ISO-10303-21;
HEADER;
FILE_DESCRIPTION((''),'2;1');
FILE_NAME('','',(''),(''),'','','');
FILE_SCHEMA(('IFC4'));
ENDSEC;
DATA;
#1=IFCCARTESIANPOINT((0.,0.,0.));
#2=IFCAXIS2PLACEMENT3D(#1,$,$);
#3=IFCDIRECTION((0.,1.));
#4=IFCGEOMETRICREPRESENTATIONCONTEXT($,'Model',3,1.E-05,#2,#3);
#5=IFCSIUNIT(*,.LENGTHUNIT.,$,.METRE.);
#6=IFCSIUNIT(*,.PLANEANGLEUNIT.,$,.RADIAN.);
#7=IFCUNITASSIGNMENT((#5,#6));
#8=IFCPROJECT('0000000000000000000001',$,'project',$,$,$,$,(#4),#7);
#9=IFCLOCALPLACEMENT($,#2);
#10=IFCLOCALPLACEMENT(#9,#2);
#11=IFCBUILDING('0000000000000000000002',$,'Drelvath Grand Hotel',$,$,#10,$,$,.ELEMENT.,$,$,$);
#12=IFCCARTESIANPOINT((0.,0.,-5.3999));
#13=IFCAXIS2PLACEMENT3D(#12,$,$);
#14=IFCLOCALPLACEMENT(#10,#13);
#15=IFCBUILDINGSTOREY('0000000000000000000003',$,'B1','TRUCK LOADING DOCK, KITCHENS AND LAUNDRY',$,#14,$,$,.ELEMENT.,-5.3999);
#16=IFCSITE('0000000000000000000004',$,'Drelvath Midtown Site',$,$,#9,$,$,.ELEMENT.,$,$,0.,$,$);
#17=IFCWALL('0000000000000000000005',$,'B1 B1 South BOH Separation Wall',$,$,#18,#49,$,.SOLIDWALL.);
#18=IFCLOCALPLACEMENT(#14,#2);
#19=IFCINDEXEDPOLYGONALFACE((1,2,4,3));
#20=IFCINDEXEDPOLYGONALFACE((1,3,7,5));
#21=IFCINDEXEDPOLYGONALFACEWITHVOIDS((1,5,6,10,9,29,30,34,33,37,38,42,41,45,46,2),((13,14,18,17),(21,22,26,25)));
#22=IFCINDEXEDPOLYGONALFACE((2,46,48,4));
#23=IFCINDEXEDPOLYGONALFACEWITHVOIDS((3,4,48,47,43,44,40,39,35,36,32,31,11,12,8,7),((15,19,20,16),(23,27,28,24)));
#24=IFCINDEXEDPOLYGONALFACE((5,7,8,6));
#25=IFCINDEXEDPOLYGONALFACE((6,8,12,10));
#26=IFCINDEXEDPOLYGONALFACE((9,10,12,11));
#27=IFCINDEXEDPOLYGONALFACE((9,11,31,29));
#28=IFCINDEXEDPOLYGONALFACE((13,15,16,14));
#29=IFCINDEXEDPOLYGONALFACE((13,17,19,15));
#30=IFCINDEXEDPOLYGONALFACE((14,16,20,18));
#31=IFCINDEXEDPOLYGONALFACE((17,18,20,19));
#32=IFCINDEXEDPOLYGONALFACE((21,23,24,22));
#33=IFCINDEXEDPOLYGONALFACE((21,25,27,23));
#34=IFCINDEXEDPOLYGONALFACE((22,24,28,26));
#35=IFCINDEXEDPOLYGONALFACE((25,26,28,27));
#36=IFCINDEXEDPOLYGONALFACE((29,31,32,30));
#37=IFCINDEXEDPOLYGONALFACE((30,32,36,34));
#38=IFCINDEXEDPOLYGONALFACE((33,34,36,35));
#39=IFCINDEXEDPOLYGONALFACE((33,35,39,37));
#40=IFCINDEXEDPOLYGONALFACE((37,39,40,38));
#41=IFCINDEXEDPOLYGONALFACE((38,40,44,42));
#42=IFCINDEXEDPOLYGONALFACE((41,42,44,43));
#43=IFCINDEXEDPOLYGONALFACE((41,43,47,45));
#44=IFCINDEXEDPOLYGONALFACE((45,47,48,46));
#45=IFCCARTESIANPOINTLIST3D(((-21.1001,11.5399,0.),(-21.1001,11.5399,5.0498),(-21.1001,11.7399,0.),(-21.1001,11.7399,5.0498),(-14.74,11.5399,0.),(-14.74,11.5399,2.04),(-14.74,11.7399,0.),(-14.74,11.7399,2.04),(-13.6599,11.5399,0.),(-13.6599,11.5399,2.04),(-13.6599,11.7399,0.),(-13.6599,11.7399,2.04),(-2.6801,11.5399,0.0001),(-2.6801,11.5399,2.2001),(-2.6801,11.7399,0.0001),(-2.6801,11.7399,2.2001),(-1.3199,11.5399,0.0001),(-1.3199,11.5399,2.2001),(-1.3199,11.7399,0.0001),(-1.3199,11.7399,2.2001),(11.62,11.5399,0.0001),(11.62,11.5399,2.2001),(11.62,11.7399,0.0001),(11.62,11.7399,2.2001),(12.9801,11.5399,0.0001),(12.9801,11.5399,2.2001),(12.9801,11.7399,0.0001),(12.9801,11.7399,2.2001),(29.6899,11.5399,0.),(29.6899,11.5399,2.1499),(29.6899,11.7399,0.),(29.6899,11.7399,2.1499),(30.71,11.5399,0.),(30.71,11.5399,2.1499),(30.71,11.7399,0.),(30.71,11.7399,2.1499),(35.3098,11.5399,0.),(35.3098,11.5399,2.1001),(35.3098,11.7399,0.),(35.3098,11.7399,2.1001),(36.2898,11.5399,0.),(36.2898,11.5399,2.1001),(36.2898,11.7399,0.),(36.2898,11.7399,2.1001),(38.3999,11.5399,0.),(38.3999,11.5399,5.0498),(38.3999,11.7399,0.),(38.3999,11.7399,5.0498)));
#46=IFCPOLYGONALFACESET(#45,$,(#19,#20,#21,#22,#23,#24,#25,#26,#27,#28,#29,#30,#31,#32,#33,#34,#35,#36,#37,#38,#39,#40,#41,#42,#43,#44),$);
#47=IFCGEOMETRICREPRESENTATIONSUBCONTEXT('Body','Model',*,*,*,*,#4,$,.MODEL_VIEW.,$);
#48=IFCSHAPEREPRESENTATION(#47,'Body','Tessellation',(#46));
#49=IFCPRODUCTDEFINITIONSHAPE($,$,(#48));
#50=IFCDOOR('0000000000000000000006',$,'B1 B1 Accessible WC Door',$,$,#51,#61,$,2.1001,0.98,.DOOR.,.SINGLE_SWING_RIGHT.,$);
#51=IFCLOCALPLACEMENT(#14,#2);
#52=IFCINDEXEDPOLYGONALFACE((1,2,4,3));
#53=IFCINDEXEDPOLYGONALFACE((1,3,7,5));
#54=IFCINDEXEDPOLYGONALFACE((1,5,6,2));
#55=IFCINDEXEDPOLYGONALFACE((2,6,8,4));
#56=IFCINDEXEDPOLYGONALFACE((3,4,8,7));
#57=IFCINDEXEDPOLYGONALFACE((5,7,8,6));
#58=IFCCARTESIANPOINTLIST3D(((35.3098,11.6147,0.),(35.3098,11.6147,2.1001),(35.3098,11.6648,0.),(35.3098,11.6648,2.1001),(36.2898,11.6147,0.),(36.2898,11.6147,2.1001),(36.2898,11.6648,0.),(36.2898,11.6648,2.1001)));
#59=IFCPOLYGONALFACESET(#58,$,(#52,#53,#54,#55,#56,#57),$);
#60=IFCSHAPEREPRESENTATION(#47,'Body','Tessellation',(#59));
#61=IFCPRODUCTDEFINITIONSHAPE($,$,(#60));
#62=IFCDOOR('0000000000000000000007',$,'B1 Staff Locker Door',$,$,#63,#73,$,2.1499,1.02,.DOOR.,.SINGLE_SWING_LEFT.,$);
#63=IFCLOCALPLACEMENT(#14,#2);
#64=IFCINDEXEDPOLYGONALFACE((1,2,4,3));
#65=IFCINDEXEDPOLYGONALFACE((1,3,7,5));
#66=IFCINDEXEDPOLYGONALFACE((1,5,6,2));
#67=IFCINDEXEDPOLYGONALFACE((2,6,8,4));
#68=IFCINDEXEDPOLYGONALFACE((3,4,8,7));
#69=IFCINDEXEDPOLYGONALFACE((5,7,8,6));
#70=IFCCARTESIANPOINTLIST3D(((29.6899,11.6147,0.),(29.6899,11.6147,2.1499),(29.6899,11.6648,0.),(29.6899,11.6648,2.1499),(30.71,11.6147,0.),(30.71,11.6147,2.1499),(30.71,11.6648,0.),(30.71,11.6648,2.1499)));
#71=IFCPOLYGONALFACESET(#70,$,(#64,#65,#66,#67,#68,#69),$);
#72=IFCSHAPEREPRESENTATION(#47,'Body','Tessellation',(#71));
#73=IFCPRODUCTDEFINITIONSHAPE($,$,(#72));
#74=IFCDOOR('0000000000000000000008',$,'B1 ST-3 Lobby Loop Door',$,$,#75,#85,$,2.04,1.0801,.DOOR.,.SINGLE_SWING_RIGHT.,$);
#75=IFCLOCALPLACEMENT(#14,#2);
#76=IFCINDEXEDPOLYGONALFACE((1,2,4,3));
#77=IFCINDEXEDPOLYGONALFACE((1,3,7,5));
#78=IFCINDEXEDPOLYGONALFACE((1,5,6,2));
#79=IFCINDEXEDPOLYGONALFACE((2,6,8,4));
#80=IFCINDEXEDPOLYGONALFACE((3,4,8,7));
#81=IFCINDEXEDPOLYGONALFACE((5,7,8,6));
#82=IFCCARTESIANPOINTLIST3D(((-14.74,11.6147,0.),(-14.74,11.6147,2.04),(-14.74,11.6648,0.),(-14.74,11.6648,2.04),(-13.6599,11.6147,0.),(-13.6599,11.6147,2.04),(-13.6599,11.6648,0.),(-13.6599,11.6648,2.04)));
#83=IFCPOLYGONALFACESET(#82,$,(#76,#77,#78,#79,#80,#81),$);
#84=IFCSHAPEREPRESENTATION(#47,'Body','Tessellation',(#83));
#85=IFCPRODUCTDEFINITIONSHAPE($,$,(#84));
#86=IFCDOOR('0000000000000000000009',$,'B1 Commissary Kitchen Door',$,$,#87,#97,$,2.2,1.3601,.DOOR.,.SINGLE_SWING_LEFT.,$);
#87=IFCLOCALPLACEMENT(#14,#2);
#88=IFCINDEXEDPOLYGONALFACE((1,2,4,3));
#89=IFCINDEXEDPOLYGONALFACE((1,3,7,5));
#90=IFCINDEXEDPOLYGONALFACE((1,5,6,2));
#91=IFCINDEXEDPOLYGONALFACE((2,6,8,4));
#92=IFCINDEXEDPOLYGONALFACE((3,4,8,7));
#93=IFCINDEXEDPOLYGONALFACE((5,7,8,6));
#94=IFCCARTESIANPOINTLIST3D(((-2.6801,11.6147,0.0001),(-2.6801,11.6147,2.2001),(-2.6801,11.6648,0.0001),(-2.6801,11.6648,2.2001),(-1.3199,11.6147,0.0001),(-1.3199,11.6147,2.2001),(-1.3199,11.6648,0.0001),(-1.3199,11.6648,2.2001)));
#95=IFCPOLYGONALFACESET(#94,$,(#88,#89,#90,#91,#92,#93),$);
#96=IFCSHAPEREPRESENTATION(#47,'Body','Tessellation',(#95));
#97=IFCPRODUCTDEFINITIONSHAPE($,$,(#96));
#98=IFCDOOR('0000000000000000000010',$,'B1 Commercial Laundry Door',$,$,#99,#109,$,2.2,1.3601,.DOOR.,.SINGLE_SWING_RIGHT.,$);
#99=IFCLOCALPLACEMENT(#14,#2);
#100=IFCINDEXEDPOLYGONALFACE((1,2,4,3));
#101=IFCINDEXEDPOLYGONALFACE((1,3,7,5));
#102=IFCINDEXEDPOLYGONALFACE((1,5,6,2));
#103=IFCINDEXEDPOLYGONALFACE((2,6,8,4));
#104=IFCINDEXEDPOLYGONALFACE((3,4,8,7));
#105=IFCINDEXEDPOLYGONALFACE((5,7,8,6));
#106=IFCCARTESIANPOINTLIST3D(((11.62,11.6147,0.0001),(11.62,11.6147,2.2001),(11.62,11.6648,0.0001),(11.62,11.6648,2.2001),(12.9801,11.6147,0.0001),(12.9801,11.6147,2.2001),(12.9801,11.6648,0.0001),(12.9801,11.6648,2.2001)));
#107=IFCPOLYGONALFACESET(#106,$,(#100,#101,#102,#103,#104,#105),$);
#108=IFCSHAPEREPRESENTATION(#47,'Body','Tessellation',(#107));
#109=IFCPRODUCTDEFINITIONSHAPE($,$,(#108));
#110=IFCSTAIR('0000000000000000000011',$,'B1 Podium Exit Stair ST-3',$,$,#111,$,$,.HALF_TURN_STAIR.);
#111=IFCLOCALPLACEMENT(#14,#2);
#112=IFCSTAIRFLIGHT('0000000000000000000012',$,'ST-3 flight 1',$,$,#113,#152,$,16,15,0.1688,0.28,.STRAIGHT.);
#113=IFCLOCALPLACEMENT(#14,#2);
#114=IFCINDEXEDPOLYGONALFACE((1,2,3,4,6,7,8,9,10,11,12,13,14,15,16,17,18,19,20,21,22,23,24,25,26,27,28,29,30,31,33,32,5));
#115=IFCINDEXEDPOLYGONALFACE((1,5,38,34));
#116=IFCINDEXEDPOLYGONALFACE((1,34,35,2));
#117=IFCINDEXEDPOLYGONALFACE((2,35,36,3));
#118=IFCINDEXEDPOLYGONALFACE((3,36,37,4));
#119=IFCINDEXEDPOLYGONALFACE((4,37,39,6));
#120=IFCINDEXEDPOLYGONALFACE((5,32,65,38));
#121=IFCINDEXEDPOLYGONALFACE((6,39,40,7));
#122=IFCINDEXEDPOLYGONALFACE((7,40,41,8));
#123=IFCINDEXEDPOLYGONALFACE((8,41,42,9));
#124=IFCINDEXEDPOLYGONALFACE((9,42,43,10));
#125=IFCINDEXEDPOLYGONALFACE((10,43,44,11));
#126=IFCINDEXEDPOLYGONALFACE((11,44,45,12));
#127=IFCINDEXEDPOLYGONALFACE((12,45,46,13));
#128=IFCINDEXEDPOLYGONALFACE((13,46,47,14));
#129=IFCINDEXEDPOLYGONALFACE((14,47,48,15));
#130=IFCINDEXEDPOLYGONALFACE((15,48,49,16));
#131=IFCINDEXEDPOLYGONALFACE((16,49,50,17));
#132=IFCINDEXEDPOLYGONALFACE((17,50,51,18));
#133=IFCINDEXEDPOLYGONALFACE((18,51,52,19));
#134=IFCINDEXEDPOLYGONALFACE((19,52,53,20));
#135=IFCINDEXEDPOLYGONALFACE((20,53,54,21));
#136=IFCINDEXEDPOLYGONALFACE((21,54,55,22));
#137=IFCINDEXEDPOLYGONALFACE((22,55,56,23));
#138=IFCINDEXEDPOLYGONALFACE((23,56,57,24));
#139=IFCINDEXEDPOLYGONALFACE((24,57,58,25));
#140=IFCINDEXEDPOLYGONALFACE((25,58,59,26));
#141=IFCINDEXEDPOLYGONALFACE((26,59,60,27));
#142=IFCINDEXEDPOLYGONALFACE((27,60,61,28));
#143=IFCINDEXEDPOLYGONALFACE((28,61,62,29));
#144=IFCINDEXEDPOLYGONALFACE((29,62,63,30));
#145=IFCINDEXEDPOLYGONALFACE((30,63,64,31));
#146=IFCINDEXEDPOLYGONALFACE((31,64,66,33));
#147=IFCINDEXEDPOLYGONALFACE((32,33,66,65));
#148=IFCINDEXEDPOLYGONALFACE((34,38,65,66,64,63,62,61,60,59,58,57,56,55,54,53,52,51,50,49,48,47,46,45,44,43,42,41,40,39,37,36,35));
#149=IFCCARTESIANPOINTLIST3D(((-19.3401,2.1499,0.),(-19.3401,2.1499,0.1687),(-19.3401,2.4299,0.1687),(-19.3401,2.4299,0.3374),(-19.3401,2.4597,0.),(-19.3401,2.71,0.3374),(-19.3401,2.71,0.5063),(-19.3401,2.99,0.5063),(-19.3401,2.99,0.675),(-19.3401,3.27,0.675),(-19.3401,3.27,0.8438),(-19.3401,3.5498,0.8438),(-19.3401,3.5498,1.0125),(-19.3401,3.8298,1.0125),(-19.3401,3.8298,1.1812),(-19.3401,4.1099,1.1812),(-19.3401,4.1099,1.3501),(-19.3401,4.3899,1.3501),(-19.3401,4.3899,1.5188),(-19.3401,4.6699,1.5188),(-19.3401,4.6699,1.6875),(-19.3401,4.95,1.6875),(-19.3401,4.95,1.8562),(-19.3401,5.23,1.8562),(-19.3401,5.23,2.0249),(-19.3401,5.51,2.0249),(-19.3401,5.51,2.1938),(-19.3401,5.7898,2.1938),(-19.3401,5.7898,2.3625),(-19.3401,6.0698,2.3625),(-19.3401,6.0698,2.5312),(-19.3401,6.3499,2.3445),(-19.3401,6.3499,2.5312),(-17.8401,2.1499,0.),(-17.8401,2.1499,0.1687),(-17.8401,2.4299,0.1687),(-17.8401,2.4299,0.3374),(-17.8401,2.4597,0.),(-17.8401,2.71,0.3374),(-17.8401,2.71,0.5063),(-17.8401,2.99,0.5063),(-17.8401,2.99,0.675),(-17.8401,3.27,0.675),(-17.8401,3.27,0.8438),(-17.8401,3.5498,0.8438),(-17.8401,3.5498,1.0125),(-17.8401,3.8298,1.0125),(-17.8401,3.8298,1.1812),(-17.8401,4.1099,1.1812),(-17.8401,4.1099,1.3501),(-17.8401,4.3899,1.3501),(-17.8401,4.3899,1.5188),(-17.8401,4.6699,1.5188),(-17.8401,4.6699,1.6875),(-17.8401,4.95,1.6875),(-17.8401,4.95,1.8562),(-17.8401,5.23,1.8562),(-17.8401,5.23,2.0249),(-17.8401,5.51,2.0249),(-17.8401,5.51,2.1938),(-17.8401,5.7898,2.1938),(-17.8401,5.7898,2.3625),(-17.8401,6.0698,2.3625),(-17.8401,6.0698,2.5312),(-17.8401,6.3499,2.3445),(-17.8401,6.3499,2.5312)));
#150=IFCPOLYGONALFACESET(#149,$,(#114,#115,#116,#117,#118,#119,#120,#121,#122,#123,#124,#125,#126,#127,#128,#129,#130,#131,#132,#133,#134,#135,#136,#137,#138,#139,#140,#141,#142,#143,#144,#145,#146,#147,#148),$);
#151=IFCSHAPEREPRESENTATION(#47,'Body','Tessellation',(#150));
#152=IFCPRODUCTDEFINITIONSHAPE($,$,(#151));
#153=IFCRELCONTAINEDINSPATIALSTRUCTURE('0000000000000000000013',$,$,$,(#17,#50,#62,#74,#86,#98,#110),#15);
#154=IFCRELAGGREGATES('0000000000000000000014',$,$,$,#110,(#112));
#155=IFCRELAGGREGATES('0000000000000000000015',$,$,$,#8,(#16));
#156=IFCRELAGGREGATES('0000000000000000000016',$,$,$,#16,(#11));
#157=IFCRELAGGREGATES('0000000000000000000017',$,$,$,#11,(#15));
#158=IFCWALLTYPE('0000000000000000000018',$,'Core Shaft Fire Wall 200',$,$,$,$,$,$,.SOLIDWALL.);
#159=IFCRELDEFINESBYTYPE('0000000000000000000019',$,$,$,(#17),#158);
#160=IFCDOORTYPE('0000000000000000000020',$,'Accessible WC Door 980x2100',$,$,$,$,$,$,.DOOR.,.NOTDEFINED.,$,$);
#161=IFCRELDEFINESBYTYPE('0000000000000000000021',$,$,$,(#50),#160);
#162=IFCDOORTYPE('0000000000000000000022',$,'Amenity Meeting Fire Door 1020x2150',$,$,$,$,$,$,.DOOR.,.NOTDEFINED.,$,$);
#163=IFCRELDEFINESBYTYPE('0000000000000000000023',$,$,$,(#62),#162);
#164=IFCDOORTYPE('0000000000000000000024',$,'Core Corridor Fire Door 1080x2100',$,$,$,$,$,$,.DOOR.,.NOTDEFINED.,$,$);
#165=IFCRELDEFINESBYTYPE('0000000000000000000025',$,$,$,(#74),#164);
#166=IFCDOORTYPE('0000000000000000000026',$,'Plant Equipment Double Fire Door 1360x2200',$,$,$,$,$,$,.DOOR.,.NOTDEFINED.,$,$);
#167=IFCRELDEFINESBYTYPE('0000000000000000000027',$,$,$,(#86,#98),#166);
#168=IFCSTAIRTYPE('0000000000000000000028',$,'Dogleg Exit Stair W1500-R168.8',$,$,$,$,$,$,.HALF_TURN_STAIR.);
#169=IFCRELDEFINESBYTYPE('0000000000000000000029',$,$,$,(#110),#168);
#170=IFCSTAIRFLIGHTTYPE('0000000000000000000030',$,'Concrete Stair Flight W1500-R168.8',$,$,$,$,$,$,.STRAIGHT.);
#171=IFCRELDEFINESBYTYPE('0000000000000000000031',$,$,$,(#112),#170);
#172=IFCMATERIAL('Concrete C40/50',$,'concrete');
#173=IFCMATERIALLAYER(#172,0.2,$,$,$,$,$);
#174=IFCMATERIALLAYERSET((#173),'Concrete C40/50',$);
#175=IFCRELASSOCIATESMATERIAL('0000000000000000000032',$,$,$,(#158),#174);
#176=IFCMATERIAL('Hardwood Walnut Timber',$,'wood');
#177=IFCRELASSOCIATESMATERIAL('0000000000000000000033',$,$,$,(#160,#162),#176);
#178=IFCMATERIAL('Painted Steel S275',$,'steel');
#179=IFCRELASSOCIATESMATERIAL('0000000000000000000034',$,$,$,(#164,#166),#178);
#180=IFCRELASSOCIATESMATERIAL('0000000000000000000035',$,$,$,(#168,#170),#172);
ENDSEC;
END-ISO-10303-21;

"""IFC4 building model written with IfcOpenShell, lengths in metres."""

from ifc_helpers import new_model, si_unit, direction, frame, frame_2d, origin, place, context, subcontext, project, spatial, polyline, rectangle, outline, extrude, material, layer, layer_set, type_object, element, fill, aggregate, save


model = new_model("IFC4")

# Units and contexts
model_context = context("Model", 3, precision=1e-05, world=origin(), true_north=direction((0.0, 1.0)))
body_context = subcontext(model_context, "Body", "Model", "MODEL_VIEW")
ifc_project = project(units=[si_unit("LENGTHUNIT", "METRE"), si_unit("PLANEANGLEUNIT", "RADIAN")], contexts=[model_context])

# Site, building, storey
site_placement = place(None, origin())
site = spatial("IfcSite", under=ifc_project, at=site_placement, Name="Drelvath Midtown Site", CompositionType="ELEMENT", RefElevation=0.0)
building_placement = place(site_placement, origin())
building = spatial("IfcBuilding", under=site, at=building_placement, Name="Drelvath Grand Hotel", CompositionType="ELEMENT")
storey_placement = place(building_placement, frame((0.0, 0.0, -5.3999)))
storey = spatial("IfcBuildingStorey", under=building, at=storey_placement, Name="B1", Description="TRUCK LOADING DOCK, KITCHENS AND LAUNDRY", CompositionType="ELEMENT", Elevation=-5.3999)

# Shared definitions
ifc_material_1 = material(Name="Concrete C40/50", Category="concrete")
ifc_layer_1 = layer(ifc_material_1, 0.2)
ifc_layer_set_1 = layer_set([ifc_layer_1], Name="Concrete C40/50")
wall_type_1 = type_object("IfcWallType", Name="Core Shaft Fire Wall 200", PredefinedType="SOLIDWALL", material=ifc_layer_set_1)

# Wall, openings, doors
wall_1_placement = place(storey_placement, frame((-21.1001, 11.6399, 0.0), z_axis=(0.0, 0.0, 1.0), x_axis=(1.0, 0.0, 0.0)))
wall_1 = element("IfcWall", 1, at=wall_1_placement, inside=storey, type_object=wall_type_1, Name="B1 B1 South BOH Separation Wall", PredefinedType="SOLIDWALL", context=body_context, shape_type="SweptSolid", body=[
    extrude(rectangle(XDim=59.5, YDim=0.2, at=frame_2d((29.75, 0.0))), origin(), (0.0, 0.0, 1.0), 5.0498),
])
opening_1_placement = place(wall_1_placement, frame((6.3601, 0.0, 0.0)))
opening_1 = element("IfcOpeningElement", 2, at=opening_1_placement, cuts=wall_1, PredefinedType="OPENING", context=body_context, shape_type="SweptSolid", body=[
    extrude(rectangle(XDim=1.0801, YDim=2.04, at=frame_2d((0.54, 1.02))), frame((0.0, 0.1099, 0.0), z_axis=(0.0, -1.0, 0.0), x_axis=(1.0, 0.0, 0.0)), (0.0, 0.0, 1.0), 0.22),
])
opening_2_placement = place(wall_1_placement, frame((18.4199, 0.0, 0.0)))
opening_2 = element("IfcOpeningElement", 3, at=opening_2_placement, cuts=wall_1, PredefinedType="OPENING", context=body_context, shape_type="SweptSolid", body=[
    extrude(rectangle(XDim=1.3601, YDim=2.2, at=frame_2d((0.6802, 1.1001))), frame((0.0, 0.1099, 0.0), z_axis=(0.0, -1.0, 0.0), x_axis=(1.0, 0.0, 0.0)), (0.0, 0.0, 1.0), 0.22),
])
opening_3_placement = place(wall_1_placement, frame((32.72, 0.0, 0.0)))
opening_3 = element("IfcOpeningElement", 4, at=opening_3_placement, cuts=wall_1, PredefinedType="OPENING", context=body_context, shape_type="SweptSolid", body=[
    extrude(rectangle(XDim=1.3601, YDim=2.2, at=frame_2d((0.6802, 1.1001))), frame((0.0, 0.1099, 0.0), z_axis=(0.0, -1.0, 0.0), x_axis=(1.0, 0.0, 0.0)), (0.0, 0.0, 1.0), 0.22),
])
opening_4_placement = place(wall_1_placement, frame((50.79, 0.0, 0.0)))
opening_4 = element("IfcOpeningElement", 5, at=opening_4_placement, cuts=wall_1, PredefinedType="OPENING", context=body_context, shape_type="SweptSolid", body=[
    extrude(rectangle(XDim=1.02, YDim=2.1499, at=frame_2d((0.51, 1.075))), frame((0.0, 0.1099, 0.0), z_axis=(0.0, -1.0, 0.0), x_axis=(1.0, 0.0, 0.0)), (0.0, 0.0, 1.0), 0.22),
])
opening_5_placement = place(wall_1_placement, frame((56.4099, 0.0, 0.0)))
opening_5 = element("IfcOpeningElement", 6, at=opening_5_placement, cuts=wall_1, PredefinedType="OPENING", context=body_context, shape_type="SweptSolid", body=[
    extrude(rectangle(XDim=0.98, YDim=2.1001, at=frame_2d((0.49, 1.05))), frame((0.0, 0.1099, 0.0), z_axis=(0.0, -1.0, 0.0), x_axis=(1.0, 0.0, 0.0)), (0.0, 0.0, 1.0), 0.22),
])
ifc_material_2 = material(Name="Hardwood Walnut Timber", Category="wood")
door_type_1 = type_object("IfcDoorType", Name="Accessible WC Door 980x2100", OperationType="NOTDEFINED", PredefinedType="DOOR", material=ifc_material_2)
door_1_placement = place(opening_5_placement, origin())
door_1 = element("IfcDoor", 7, at=door_1_placement, inside=storey, type_object=door_type_1, Name="B1 B1 Accessible WC Door", OperationType="SINGLE_SWING_RIGHT", OverallHeight=2.1001, OverallWidth=0.98, PredefinedType="DOOR", context=body_context, shape_type="SweptSolid", body=[
    extrude(rectangle(XDim=0.98, YDim=2.1001, at=frame_2d((0.49, 1.05))), frame((0.0, 0.0249, 0.0), z_axis=(0.0, -1.0, 0.0), x_axis=(1.0, 0.0, 0.0)), (0.0, 0.0, 1.0), 0.05),
])
fill(opening_5, door_1)
door_type_2 = type_object("IfcDoorType", Name="Amenity Meeting Fire Door 1020x2150", OperationType="NOTDEFINED", PredefinedType="DOOR", material=ifc_material_2)
door_2_placement = place(opening_4_placement, origin())
door_2 = element("IfcDoor", 8, at=door_2_placement, inside=storey, type_object=door_type_2, Name="B1 Staff Locker Door", OperationType="SINGLE_SWING_LEFT", OverallHeight=2.1499, OverallWidth=1.02, PredefinedType="DOOR", context=body_context, shape_type="SweptSolid", body=[
    extrude(rectangle(XDim=1.02, YDim=2.1499, at=frame_2d((0.51, 1.075))), frame((0.0, 0.0249, 0.0), z_axis=(0.0, -1.0, 0.0), x_axis=(1.0, 0.0, 0.0)), (0.0, 0.0, 1.0), 0.05),
])
fill(opening_4, door_2)
ifc_material_3 = material(Name="Painted Steel S275", Category="steel")
door_type_3 = type_object("IfcDoorType", Name="Core Corridor Fire Door 1080x2100", OperationType="NOTDEFINED", PredefinedType="DOOR", material=ifc_material_3)
door_3_placement = place(opening_1_placement, origin())
door_3 = element("IfcDoor", 9, at=door_3_placement, inside=storey, type_object=door_type_3, Name="B1 ST-3 Lobby Loop Door", OperationType="SINGLE_SWING_RIGHT", OverallHeight=2.04, OverallWidth=1.0801, PredefinedType="DOOR", context=body_context, shape_type="SweptSolid", body=[
    extrude(rectangle(XDim=1.0801, YDim=2.04, at=frame_2d((0.54, 1.02))), frame((0.0, 0.0249, 0.0), z_axis=(0.0, -1.0, 0.0), x_axis=(1.0, 0.0, 0.0)), (0.0, 0.0, 1.0), 0.05),
])
fill(opening_1, door_3)
door_type_4 = type_object("IfcDoorType", Name="Plant Equipment Double Fire Door 1360x2200", OperationType="NOTDEFINED", PredefinedType="DOOR", material=ifc_material_3)
door_4_placement = place(opening_2_placement, origin())
door_4 = element("IfcDoor", 10, at=door_4_placement, inside=storey, type_object=door_type_4, Name="B1 Commissary Kitchen Door", OperationType="SINGLE_SWING_LEFT", OverallHeight=2.2, OverallWidth=1.3601, PredefinedType="DOOR", context=body_context, shape_type="SweptSolid", body=[
    extrude(rectangle(XDim=1.3601, YDim=2.2, at=frame_2d((0.6802, 1.1001))), frame((0.0, 0.0249, 0.0), z_axis=(0.0, -1.0, 0.0), x_axis=(1.0, 0.0, 0.0)), (0.0, 0.0, 1.0), 0.05),
])
fill(opening_2, door_4)
door_5_placement = place(opening_3_placement, origin())
door_5 = element("IfcDoor", 11, at=door_5_placement, inside=storey, type_object=door_type_4, Name="B1 Commercial Laundry Door", OperationType="SINGLE_SWING_RIGHT", OverallHeight=2.2, OverallWidth=1.3601, PredefinedType="DOOR", context=body_context, shape_type="SweptSolid", body=[
    extrude(rectangle(XDim=1.3601, YDim=2.2, at=frame_2d((0.6802, 1.1001))), frame((0.0, 0.0249, 0.0), z_axis=(0.0, -1.0, 0.0), x_axis=(1.0, 0.0, 0.0)), (0.0, 0.0, 1.0), 0.05),
])
fill(opening_3, door_5)

# Stair, stair flight
stair_type = type_object("IfcStairType", Name="Dogleg Exit Stair W1500-R168.8", PredefinedType="HALF_TURN_STAIR", material=ifc_material_1)
stair_placement = place(storey_placement, origin())
stair = element("IfcStair", 12, at=stair_placement, inside=storey, type_object=stair_type, Name="B1 Podium Exit Stair ST-3", PredefinedType="HALF_TURN_STAIR")
stair_flight_type = type_object("IfcStairFlightType", Name="Concrete Stair Flight W1500-R168.8", PredefinedType="STRAIGHT", material=ifc_material_1)
stair_flight_1_placement = place(storey_placement, frame((-18.5901, 2.1499, 0.0), z_axis=(0.0, 0.0, 1.0), x_axis=(0.0, 1.0, 0.0)))
stair_flight_1 = element("IfcStairFlight", 13, at=stair_flight_1_placement, type_object=stair_flight_type, Name="ST-3 flight 1", NumberOfRisers=16, NumberOfTreads=15, PredefinedType="STRAIGHT", RiserHeight=0.1688, TreadLength=0.28, context=body_context, shape_type="SweptSolid", body=[
    extrude(outline(polyline([(0.0, 0.0), (0.0, 0.1687), (0.28, 0.1687), (0.28, 0.3374), (0.5601, 0.3374), (0.5601, 0.5063), (0.8401, 0.5063), (0.8401, 0.675), (1.1201, 0.675), (1.1201, 0.8438), (1.3999, 0.8438), (1.3999, 1.0125), (1.6799, 1.0125), (1.6799, 1.1812), (1.96, 1.1812), (1.96, 1.3501), (2.24, 1.3501), (2.24, 1.5188), (2.52, 1.5188), (2.52, 1.6875), (2.8, 1.6875), (2.8, 1.8562), (3.0801, 1.8562), (3.0801, 2.0249), (3.3601, 2.0249), (3.3601, 2.1938), (3.6399, 2.1938), (3.6399, 2.3625), (3.9199, 2.3625), (3.9199, 2.5312), (4.2, 2.5312), (4.2, 2.7), (4.2, 2.3445), (0.3098, 0.0), (0.0, 0.0)])), frame((0.0, 0.75, 0.0), z_axis=(0.0, -1.0, 0.0), x_axis=(1.0, 0.0, 0.0)), (0.0, 0.0, 1.0), 1.5),
])
aggregate(stair, [stair_flight_1])

save(model, "model.ifc")
